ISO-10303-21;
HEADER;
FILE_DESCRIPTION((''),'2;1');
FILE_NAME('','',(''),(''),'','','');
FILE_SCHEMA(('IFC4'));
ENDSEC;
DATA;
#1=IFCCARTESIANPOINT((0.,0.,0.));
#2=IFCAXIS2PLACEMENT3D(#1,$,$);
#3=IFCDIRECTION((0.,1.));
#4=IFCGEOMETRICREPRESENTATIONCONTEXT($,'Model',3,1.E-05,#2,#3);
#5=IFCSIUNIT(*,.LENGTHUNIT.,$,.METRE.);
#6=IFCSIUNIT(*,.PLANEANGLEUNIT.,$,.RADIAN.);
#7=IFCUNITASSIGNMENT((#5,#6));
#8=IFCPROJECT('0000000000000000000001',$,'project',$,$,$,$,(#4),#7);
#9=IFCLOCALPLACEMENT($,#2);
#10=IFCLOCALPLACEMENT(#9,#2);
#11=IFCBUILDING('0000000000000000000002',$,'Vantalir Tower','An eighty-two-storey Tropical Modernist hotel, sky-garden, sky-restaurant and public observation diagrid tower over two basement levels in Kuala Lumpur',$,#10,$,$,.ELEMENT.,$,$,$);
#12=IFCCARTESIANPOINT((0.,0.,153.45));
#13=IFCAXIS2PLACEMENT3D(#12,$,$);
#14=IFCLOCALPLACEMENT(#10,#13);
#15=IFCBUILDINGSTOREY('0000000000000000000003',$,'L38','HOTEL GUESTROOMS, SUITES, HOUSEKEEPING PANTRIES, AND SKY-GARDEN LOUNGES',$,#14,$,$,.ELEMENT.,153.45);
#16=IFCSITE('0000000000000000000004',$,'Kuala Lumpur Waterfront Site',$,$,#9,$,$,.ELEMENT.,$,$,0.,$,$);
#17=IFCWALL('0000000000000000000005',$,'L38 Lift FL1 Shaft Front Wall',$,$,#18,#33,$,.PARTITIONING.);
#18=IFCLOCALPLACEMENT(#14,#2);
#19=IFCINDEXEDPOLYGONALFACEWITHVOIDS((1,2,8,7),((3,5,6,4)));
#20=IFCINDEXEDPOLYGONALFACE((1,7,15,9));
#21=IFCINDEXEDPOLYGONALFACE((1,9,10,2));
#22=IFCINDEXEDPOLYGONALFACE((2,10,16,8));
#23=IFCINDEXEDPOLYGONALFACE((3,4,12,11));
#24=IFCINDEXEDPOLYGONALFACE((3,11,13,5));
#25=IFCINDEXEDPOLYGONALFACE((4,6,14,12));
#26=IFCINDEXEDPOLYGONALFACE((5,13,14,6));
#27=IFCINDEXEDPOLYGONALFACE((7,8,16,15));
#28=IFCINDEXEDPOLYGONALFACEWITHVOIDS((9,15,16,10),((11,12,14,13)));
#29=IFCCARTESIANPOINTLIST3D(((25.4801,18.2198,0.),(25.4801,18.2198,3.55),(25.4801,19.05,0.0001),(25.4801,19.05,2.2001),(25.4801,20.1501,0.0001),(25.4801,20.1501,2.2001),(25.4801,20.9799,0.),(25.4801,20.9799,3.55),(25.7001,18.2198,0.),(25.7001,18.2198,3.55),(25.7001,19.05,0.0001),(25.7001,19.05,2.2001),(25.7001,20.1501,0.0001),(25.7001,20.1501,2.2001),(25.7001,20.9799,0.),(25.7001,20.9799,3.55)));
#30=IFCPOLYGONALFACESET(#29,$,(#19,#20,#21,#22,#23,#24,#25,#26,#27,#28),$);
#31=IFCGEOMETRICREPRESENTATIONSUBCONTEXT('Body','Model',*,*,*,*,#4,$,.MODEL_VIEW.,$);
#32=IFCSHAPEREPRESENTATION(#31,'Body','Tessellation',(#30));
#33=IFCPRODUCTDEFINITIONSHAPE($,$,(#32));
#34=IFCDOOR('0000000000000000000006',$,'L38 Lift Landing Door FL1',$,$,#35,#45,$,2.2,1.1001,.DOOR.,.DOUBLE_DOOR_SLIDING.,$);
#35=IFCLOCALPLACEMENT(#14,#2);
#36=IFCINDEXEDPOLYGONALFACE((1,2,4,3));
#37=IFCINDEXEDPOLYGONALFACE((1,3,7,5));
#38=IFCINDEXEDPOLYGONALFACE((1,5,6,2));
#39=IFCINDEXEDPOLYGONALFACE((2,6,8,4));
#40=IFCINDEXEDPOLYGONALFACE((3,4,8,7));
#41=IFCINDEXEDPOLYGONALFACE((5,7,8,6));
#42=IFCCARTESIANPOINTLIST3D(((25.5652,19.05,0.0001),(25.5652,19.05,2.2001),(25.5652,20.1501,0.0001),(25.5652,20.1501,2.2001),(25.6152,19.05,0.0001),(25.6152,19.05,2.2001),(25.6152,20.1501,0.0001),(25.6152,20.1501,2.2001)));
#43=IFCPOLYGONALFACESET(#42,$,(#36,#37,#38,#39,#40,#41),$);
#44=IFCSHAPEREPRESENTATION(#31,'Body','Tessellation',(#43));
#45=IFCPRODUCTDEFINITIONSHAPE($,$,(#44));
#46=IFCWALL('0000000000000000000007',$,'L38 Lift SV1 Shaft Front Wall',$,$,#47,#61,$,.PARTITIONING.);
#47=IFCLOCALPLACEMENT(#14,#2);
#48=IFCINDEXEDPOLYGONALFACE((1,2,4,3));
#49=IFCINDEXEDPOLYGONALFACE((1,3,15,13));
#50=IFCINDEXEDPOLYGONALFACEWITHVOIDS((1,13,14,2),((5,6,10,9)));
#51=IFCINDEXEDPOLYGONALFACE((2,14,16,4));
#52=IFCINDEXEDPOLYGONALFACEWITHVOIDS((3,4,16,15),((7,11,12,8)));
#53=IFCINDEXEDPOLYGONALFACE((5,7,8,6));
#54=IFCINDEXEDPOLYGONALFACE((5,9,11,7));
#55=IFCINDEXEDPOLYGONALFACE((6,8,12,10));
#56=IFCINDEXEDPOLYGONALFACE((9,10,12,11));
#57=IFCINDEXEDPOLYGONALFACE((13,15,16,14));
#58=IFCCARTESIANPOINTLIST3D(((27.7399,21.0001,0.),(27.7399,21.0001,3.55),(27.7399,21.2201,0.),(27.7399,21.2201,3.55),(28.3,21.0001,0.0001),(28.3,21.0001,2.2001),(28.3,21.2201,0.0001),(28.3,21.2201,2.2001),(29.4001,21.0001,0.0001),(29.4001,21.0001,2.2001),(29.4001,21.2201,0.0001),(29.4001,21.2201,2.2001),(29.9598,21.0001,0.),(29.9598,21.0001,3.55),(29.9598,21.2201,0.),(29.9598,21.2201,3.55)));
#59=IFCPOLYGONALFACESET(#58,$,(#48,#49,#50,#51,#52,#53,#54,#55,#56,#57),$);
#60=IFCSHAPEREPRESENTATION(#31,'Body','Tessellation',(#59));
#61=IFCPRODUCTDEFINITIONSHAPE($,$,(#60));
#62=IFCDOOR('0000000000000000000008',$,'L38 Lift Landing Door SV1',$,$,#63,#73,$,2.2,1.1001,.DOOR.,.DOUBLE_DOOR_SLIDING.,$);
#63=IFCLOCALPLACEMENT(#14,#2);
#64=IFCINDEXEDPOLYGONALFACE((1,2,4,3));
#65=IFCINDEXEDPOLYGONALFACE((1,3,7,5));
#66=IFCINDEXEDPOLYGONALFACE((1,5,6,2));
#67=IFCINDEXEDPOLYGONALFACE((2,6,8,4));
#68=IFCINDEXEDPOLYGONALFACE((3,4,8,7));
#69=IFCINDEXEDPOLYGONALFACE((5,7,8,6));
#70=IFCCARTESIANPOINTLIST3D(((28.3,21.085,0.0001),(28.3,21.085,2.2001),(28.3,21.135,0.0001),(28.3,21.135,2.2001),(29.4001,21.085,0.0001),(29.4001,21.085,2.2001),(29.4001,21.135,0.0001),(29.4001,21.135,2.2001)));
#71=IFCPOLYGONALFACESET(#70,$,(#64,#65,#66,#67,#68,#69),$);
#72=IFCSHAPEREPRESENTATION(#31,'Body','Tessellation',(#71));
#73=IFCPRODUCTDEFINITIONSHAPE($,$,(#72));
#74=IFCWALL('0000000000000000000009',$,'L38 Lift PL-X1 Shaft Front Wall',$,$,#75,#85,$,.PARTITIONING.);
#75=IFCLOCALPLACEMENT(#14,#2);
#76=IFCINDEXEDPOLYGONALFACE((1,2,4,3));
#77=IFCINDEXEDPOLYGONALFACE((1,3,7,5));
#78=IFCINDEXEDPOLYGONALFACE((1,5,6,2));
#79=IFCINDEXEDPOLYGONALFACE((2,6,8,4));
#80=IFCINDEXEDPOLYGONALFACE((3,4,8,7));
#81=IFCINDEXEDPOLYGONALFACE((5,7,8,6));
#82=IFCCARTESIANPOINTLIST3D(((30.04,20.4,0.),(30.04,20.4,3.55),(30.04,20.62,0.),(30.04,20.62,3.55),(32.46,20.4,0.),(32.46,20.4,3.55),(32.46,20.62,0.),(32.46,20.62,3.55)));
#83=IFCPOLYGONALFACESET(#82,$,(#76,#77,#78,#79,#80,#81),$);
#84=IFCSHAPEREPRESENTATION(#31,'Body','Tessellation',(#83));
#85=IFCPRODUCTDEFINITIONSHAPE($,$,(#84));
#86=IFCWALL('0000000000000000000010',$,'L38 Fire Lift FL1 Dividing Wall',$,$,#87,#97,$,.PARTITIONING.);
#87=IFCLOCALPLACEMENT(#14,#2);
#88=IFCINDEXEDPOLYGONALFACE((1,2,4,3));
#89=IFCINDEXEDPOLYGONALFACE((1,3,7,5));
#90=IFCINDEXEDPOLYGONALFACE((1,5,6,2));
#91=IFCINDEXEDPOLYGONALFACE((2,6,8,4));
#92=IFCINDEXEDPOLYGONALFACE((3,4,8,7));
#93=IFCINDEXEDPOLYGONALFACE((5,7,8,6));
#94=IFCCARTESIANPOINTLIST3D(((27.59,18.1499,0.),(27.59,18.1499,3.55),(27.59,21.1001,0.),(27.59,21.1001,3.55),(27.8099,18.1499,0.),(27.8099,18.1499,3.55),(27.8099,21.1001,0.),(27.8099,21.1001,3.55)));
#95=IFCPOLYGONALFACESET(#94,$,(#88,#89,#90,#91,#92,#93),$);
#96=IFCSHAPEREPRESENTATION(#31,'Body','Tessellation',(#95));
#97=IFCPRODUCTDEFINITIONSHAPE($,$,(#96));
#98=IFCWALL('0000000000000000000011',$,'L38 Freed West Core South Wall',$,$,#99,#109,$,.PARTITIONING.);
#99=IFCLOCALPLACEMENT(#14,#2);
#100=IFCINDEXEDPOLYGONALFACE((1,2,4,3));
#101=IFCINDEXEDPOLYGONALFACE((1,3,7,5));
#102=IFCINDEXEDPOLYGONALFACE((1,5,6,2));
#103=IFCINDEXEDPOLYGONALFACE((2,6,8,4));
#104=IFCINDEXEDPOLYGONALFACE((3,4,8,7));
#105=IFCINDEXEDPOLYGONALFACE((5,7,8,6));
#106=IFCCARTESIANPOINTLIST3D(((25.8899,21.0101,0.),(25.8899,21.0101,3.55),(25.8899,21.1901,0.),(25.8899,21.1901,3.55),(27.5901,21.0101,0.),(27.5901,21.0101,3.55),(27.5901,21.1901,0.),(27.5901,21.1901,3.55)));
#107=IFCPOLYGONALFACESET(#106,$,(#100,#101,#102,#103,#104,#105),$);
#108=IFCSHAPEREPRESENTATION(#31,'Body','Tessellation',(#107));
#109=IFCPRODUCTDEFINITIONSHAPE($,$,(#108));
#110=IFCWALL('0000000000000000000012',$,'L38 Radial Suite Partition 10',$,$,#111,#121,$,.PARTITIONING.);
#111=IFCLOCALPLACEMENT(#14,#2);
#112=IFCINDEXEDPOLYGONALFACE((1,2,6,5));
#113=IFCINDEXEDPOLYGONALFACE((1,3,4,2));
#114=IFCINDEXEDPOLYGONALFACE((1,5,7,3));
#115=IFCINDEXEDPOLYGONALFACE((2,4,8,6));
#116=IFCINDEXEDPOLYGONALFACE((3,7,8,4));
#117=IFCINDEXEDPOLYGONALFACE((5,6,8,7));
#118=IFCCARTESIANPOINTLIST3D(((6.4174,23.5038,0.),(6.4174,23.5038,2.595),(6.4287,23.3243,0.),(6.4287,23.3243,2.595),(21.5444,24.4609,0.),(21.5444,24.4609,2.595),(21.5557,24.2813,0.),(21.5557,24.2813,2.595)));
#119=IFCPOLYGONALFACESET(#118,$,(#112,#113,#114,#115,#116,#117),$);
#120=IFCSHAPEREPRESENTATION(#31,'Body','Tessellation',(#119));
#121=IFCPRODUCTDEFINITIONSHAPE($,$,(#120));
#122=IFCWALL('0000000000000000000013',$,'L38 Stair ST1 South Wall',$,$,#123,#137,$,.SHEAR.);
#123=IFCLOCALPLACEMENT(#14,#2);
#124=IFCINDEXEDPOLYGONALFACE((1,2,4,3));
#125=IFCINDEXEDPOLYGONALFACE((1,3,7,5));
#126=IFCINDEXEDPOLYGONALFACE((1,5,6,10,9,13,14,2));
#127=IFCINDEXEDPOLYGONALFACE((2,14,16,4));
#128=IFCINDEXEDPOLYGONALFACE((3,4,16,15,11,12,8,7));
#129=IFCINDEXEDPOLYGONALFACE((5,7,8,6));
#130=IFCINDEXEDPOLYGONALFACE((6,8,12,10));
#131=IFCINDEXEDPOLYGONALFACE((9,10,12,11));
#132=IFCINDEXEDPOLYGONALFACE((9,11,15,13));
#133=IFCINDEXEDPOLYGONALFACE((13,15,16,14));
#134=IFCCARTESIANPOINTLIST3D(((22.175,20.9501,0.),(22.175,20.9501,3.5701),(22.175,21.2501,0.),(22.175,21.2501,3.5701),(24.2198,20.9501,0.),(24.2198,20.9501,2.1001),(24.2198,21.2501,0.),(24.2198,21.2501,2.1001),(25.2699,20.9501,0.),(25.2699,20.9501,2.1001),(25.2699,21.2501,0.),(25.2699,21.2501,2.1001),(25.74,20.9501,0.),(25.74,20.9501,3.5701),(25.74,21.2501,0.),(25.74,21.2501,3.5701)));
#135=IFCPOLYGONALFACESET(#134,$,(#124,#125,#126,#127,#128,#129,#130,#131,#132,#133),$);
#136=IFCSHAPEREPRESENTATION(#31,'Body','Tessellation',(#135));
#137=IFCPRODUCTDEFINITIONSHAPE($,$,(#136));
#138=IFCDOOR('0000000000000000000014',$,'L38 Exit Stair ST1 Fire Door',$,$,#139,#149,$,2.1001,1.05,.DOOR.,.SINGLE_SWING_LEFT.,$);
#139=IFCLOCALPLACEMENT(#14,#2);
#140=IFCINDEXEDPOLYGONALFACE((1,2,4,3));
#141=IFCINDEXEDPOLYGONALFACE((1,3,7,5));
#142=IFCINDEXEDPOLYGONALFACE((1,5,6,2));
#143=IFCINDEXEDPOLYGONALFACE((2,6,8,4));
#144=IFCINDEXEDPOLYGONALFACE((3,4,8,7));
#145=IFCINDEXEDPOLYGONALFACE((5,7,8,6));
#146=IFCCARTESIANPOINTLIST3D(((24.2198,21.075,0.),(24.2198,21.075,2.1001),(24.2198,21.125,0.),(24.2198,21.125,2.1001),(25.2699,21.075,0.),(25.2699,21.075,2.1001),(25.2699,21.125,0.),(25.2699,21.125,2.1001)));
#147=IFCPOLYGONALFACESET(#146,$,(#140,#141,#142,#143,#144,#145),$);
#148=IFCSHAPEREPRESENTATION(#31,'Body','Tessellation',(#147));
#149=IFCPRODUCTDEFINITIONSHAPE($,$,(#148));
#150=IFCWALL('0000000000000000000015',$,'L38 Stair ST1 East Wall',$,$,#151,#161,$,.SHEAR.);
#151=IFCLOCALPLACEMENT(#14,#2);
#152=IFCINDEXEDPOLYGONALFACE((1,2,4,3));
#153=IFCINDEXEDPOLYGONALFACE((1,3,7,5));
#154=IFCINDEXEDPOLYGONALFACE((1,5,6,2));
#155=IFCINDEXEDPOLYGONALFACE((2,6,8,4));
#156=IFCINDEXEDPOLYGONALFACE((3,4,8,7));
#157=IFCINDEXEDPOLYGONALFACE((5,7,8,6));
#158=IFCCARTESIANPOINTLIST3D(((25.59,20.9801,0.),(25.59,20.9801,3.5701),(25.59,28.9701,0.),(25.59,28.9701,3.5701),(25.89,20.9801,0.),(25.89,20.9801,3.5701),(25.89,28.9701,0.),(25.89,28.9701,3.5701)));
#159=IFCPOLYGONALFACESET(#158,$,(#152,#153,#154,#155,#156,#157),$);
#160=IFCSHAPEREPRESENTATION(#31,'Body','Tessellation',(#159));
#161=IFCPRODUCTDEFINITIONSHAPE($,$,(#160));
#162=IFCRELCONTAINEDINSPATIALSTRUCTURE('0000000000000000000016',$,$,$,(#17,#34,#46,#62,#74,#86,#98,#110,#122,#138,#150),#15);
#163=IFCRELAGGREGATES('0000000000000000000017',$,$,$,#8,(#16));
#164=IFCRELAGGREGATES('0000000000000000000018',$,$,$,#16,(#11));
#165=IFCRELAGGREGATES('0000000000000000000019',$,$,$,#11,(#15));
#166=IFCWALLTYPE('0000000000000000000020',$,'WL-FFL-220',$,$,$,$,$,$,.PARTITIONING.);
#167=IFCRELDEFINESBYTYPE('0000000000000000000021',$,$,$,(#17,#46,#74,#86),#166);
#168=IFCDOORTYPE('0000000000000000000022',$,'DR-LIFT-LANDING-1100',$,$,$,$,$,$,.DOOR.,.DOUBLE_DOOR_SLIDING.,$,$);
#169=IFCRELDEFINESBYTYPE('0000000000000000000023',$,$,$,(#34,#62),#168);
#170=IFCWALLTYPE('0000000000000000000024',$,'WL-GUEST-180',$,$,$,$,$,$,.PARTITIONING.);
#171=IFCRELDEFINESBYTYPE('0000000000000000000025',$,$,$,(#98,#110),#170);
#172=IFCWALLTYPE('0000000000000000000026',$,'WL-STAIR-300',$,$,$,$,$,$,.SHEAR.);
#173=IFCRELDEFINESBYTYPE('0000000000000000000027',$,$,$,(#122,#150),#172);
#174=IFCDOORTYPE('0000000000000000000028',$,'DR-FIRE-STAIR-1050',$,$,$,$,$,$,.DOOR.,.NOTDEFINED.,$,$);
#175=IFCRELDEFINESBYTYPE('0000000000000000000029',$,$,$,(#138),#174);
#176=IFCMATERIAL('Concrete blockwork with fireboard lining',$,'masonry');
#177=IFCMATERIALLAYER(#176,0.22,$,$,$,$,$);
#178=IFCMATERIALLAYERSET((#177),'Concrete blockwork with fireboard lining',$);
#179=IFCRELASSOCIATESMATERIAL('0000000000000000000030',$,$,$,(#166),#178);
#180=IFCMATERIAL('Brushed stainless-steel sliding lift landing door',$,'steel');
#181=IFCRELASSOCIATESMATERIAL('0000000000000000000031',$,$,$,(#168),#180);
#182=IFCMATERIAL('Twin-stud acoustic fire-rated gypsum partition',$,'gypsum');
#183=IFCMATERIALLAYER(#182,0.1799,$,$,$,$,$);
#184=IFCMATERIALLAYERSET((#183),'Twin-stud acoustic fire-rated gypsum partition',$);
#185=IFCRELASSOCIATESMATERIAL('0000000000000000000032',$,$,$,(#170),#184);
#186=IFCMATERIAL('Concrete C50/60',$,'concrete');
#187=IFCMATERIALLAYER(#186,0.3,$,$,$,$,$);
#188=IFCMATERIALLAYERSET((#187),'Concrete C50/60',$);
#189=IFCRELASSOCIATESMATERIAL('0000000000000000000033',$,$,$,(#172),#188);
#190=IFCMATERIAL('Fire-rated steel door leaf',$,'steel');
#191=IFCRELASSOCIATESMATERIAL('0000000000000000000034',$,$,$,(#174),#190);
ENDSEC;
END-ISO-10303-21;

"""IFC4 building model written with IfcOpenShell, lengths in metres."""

from ifc_helpers import new_model, si_unit, direction, frame, frame_2d, origin, place, context, subcontext, project, spatial, rectangle, extrude, material, layer, layer_set, type_object, element, fill, save


model = new_model("IFC4")

# Units and contexts
model_context = context("Model", 3, precision=1e-05, world=origin(), true_north=direction((0.0, 1.0)))
body_context = subcontext(model_context, "Body", "Model", "MODEL_VIEW")
ifc_project = project(units=[si_unit("LENGTHUNIT", "METRE"), si_unit("PLANEANGLEUNIT", "RADIAN")], contexts=[model_context])

# Site, building, storey
site_placement = place(None, origin())
site = spatial("IfcSite", under=ifc_project, at=site_placement, Name="Kuala Lumpur Waterfront Site", CompositionType="ELEMENT", RefElevation=0.0)
building_placement = place(site_placement, origin())
building = spatial("IfcBuilding", under=site, at=building_placement, Name="Vantalir Tower", Description="An eighty-two-storey Tropical Modernist hotel, sky-garden, sky-restaurant and public observation diagrid tower over two basement levels in Kuala Lumpur", CompositionType="ELEMENT")
storey_placement = place(building_placement, frame((0.0, 0.0, 153.45)))
storey = spatial("IfcBuildingStorey", under=building, at=storey_placement, Name="L38", Description="HOTEL GUESTROOMS, SUITES, HOUSEKEEPING PANTRIES, AND SKY-GARDEN LOUNGES", CompositionType="ELEMENT", Elevation=153.45)

# Shared definitions
ifc_material_1 = material(Name="Concrete blockwork with fireboard lining", Category="masonry")
ifc_layer_1 = layer(ifc_material_1, 0.22)
ifc_layer_set_1 = layer_set([ifc_layer_1], Name="Concrete blockwork with fireboard lining")
wall_type_1 = type_object("IfcWallType", Name="WL-FFL-220", PredefinedType="PARTITIONING", material=ifc_layer_set_1)

# Walls, openings, doors
wall_1_placement = place(storey_placement, frame((25.5901, 18.22, 0.0), z_axis=(0.0, 0.0, 1.0), x_axis=(0.0, 1.0, 0.0)))
wall_1 = element("IfcWall", 1, at=wall_1_placement, inside=storey, type_object=wall_type_1, Name="L38 Lift FL1 Shaft Front Wall", PredefinedType="PARTITIONING", context=body_context, shape_type="SweptSolid", body=[
    extrude(rectangle(XDim=2.76, YDim=0.22, at=frame_2d((1.3799, 0.0))), origin(), (0.0, 0.0, 1.0), 3.55),
])
opening_1_placement = place(wall_1_placement, frame((0.8301, 0.0, 0.0)))
opening_1 = element("IfcOpeningElement", 2, at=opening_1_placement, cuts=wall_1, PredefinedType="OPENING", context=body_context, shape_type="SweptSolid", body=[
    extrude(rectangle(XDim=1.1001, YDim=2.2, at=frame_2d((0.55, 1.1001))), frame((0.0, 0.1199, 0.0), z_axis=(0.0, -1.0, 0.0), x_axis=(1.0, 0.0, 0.0)), (0.0, 0.0, 1.0), 0.24),
])
ifc_material_2 = material(Name="Brushed stainless-steel sliding lift landing door", Category="steel")
door_type_1 = type_object("IfcDoorType", Name="DR-LIFT-LANDING-1100", OperationType="DOUBLE_DOOR_SLIDING", PredefinedType="DOOR", material=ifc_material_2)
door_1_placement = place(opening_1_placement, origin())
door_1 = element("IfcDoor", 3, at=door_1_placement, inside=storey, type_object=door_type_1, Name="L38 Lift Landing Door FL1", OperationType="DOUBLE_DOOR_SLIDING", OverallHeight=2.2, OverallWidth=1.1001, PredefinedType="DOOR", context=body_context, shape_type="SweptSolid", body=[
    extrude(rectangle(XDim=1.1001, YDim=2.2, at=frame_2d((0.55, 1.1001))), frame((0.0, 0.0249, 0.0), z_axis=(0.0, -1.0, 0.0), x_axis=(1.0, 0.0, 0.0)), (0.0, 0.0, 1.0), 0.05),
])
fill(opening_1, door_1)
wall_2_placement = place(storey_placement, frame((27.74, 21.1101, 0.0), z_axis=(0.0, 0.0, 1.0), x_axis=(1.0, 0.0, 0.0)))
wall_2 = element("IfcWall", 4, at=wall_2_placement, inside=storey, type_object=wall_type_1, Name="L38 Lift SV1 Shaft Front Wall", PredefinedType="PARTITIONING", context=body_context, shape_type="SweptSolid", body=[
    extrude(rectangle(XDim=2.22, YDim=0.22, at=frame_2d((1.1099, 0.0))), origin(), (0.0, 0.0, 1.0), 3.55),
])
opening_2_placement = place(wall_2_placement, frame((0.5601, 0.0, 0.0)))
opening_2 = element("IfcOpeningElement", 5, at=opening_2_placement, cuts=wall_2, PredefinedType="OPENING", context=body_context, shape_type="SweptSolid", body=[
    extrude(rectangle(XDim=1.1001, YDim=2.2, at=frame_2d((0.55, 1.1001))), frame((0.0, 0.1199, 0.0), z_axis=(0.0, -1.0, 0.0), x_axis=(1.0, 0.0, 0.0)), (0.0, 0.0, 1.0), 0.24),
])
door_2_placement = place(opening_2_placement, origin())
door_2 = element("IfcDoor", 6, at=door_2_placement, inside=storey, type_object=door_type_1, Name="L38 Lift Landing Door SV1", OperationType="DOUBLE_DOOR_SLIDING", OverallHeight=2.2, OverallWidth=1.1001, PredefinedType="DOOR", context=body_context, shape_type="SweptSolid", body=[
    extrude(rectangle(XDim=1.1001, YDim=2.2, at=frame_2d((0.55, 1.1001))), frame((0.0, 0.0249, 0.0), z_axis=(0.0, -1.0, 0.0), x_axis=(1.0, 0.0, 0.0)), (0.0, 0.0, 1.0), 0.05),
])
fill(opening_2, door_2)

# Walls
wall_3_placement = place(storey_placement, frame((30.04, 20.51, 0.0), z_axis=(0.0, 0.0, 1.0), x_axis=(1.0, 0.0, 0.0)))
element("IfcWall", 7, at=wall_3_placement, inside=storey, type_object=wall_type_1, Name="L38 Lift PL-X1 Shaft Front Wall", PredefinedType="PARTITIONING", context=body_context, shape_type="SweptSolid", body=[
    extrude(rectangle(XDim=2.4199, YDim=0.22, at=frame_2d((1.21, 0.0))), origin(), (0.0, 0.0, 1.0), 3.55),
])
wall_4_placement = place(storey_placement, frame((27.7, 18.1499, 0.0), z_axis=(0.0, 0.0, 1.0), x_axis=(0.0, 1.0, 0.0)))
element("IfcWall", 8, at=wall_4_placement, inside=storey, type_object=wall_type_1, Name="L38 Fire Lift FL1 Dividing Wall", PredefinedType="PARTITIONING", context=body_context, shape_type="SweptSolid", body=[
    extrude(rectangle(XDim=2.9502, YDim=0.22, at=frame_2d((1.4751, 0.0))), origin(), (0.0, 0.0, 1.0), 3.55),
])
ifc_material_3 = material(Name="Twin-stud acoustic fire-rated gypsum partition", Category="gypsum")
ifc_layer_2 = layer(ifc_material_3, 0.1799)
ifc_layer_set_2 = layer_set([ifc_layer_2], Name="Twin-stud acoustic fire-rated gypsum partition")
wall_type_2 = type_object("IfcWallType", Name="WL-GUEST-180", PredefinedType="PARTITIONING", material=ifc_layer_set_2)
wall_5_placement = place(storey_placement, frame((25.8899, 21.1001, 0.0), z_axis=(0.0, 0.0, 1.0), x_axis=(1.0, 0.0, 0.0)))
element("IfcWall", 9, at=wall_5_placement, inside=storey, type_object=wall_type_2, Name="L38 Freed West Core South Wall", PredefinedType="PARTITIONING", context=body_context, shape_type="SweptSolid", body=[
    extrude(rectangle(XDim=1.7002, YDim=0.1799, at=frame_2d((0.8501, 0.0))), origin(), (0.0, 0.0, 1.0), 3.55),
])
wall_6_placement = place(storey_placement, frame((21.55, 24.3711, 0.0), z_axis=(0.0, 0.0, 1.0), x_axis=(-0.998005, -0.06314, 0.0)))
element("IfcWall", 10, at=wall_6_placement, inside=storey, type_object=wall_type_2, Name="L38 Radial Suite Partition 10", PredefinedType="PARTITIONING", context=body_context, shape_type="SweptSolid", body=[
    extrude(rectangle(XDim=15.1572, YDim=0.1799, at=frame_2d((7.5786, 0.0))), origin(), (0.0, 0.0, 1.0), 2.595),
])

# Wall, opening, door
ifc_material_4 = material(Name="Concrete C50/60", Category="concrete")
ifc_layer_3 = layer(ifc_material_4, 0.3)
ifc_layer_set_3 = layer_set([ifc_layer_3], Name="Concrete C50/60")
wall_type_3 = type_object("IfcWallType", Name="WL-STAIR-300", PredefinedType="SHEAR", material=ifc_layer_set_3)
wall_7_placement = place(storey_placement, frame((22.175, 21.1001, 0.0), z_axis=(0.0, 0.0, 1.0), x_axis=(1.0, 0.0, 0.0)))
wall_7 = element("IfcWall", 11, at=wall_7_placement, inside=storey, type_object=wall_type_3, Name="L38 Stair ST1 South Wall", PredefinedType="SHEAR", context=body_context, shape_type="SweptSolid", body=[
    extrude(rectangle(XDim=3.5649, YDim=0.3, at=frame_2d((1.7825, 0.0))), origin(), (0.0, 0.0, 1.0), 3.5701),
])
opening_3_placement = place(wall_7_placement, frame((2.0449, 0.0, 0.0)))
opening_3 = element("IfcOpeningElement", 12, at=opening_3_placement, cuts=wall_7, PredefinedType="OPENING", context=body_context, shape_type="SweptSolid", body=[
    extrude(rectangle(XDim=1.05, YDim=2.1001, at=frame_2d((0.5249, 1.05))), frame((0.0, 0.1599, 0.0), z_axis=(0.0, -1.0, 0.0), x_axis=(1.0, 0.0, 0.0)), (0.0, 0.0, 1.0), 0.3201),
])
ifc_material_5 = material(Name="Fire-rated steel door leaf", Category="steel")
door_type_2 = type_object("IfcDoorType", Name="DR-FIRE-STAIR-1050", OperationType="NOTDEFINED", PredefinedType="DOOR", material=ifc_material_5)
door_3_placement = place(opening_3_placement, origin())
door_3 = element("IfcDoor", 13, at=door_3_placement, inside=storey, type_object=door_type_2, Name="L38 Exit Stair ST1 Fire Door", OperationType="SINGLE_SWING_LEFT", OverallHeight=2.1001, OverallWidth=1.05, PredefinedType="DOOR", context=body_context, shape_type="SweptSolid", body=[
    extrude(rectangle(XDim=1.05, YDim=2.1001, at=frame_2d((0.5249, 1.05))), frame((0.0, 0.0249, 0.0), z_axis=(0.0, -1.0, 0.0), x_axis=(1.0, 0.0, 0.0)), (0.0, 0.0, 1.0), 0.05),
])
fill(opening_3, door_3)

# Wall
wall_8_placement = place(storey_placement, frame((25.74, 20.98, 0.0), z_axis=(0.0, 0.0, 1.0), x_axis=(0.0, 1.0, 0.0)))
element("IfcWall", 14, at=wall_8_placement, inside=storey, type_object=wall_type_3, Name="L38 Stair ST1 East Wall", PredefinedType="SHEAR", context=body_context, shape_type="SweptSolid", body=[
    extrude(rectangle(XDim=7.99, YDim=0.3, at=frame_2d((3.9951, 0.0))), origin(), (0.0, 0.0, 1.0), 3.5701),
])

save(model, "model.ifc")
